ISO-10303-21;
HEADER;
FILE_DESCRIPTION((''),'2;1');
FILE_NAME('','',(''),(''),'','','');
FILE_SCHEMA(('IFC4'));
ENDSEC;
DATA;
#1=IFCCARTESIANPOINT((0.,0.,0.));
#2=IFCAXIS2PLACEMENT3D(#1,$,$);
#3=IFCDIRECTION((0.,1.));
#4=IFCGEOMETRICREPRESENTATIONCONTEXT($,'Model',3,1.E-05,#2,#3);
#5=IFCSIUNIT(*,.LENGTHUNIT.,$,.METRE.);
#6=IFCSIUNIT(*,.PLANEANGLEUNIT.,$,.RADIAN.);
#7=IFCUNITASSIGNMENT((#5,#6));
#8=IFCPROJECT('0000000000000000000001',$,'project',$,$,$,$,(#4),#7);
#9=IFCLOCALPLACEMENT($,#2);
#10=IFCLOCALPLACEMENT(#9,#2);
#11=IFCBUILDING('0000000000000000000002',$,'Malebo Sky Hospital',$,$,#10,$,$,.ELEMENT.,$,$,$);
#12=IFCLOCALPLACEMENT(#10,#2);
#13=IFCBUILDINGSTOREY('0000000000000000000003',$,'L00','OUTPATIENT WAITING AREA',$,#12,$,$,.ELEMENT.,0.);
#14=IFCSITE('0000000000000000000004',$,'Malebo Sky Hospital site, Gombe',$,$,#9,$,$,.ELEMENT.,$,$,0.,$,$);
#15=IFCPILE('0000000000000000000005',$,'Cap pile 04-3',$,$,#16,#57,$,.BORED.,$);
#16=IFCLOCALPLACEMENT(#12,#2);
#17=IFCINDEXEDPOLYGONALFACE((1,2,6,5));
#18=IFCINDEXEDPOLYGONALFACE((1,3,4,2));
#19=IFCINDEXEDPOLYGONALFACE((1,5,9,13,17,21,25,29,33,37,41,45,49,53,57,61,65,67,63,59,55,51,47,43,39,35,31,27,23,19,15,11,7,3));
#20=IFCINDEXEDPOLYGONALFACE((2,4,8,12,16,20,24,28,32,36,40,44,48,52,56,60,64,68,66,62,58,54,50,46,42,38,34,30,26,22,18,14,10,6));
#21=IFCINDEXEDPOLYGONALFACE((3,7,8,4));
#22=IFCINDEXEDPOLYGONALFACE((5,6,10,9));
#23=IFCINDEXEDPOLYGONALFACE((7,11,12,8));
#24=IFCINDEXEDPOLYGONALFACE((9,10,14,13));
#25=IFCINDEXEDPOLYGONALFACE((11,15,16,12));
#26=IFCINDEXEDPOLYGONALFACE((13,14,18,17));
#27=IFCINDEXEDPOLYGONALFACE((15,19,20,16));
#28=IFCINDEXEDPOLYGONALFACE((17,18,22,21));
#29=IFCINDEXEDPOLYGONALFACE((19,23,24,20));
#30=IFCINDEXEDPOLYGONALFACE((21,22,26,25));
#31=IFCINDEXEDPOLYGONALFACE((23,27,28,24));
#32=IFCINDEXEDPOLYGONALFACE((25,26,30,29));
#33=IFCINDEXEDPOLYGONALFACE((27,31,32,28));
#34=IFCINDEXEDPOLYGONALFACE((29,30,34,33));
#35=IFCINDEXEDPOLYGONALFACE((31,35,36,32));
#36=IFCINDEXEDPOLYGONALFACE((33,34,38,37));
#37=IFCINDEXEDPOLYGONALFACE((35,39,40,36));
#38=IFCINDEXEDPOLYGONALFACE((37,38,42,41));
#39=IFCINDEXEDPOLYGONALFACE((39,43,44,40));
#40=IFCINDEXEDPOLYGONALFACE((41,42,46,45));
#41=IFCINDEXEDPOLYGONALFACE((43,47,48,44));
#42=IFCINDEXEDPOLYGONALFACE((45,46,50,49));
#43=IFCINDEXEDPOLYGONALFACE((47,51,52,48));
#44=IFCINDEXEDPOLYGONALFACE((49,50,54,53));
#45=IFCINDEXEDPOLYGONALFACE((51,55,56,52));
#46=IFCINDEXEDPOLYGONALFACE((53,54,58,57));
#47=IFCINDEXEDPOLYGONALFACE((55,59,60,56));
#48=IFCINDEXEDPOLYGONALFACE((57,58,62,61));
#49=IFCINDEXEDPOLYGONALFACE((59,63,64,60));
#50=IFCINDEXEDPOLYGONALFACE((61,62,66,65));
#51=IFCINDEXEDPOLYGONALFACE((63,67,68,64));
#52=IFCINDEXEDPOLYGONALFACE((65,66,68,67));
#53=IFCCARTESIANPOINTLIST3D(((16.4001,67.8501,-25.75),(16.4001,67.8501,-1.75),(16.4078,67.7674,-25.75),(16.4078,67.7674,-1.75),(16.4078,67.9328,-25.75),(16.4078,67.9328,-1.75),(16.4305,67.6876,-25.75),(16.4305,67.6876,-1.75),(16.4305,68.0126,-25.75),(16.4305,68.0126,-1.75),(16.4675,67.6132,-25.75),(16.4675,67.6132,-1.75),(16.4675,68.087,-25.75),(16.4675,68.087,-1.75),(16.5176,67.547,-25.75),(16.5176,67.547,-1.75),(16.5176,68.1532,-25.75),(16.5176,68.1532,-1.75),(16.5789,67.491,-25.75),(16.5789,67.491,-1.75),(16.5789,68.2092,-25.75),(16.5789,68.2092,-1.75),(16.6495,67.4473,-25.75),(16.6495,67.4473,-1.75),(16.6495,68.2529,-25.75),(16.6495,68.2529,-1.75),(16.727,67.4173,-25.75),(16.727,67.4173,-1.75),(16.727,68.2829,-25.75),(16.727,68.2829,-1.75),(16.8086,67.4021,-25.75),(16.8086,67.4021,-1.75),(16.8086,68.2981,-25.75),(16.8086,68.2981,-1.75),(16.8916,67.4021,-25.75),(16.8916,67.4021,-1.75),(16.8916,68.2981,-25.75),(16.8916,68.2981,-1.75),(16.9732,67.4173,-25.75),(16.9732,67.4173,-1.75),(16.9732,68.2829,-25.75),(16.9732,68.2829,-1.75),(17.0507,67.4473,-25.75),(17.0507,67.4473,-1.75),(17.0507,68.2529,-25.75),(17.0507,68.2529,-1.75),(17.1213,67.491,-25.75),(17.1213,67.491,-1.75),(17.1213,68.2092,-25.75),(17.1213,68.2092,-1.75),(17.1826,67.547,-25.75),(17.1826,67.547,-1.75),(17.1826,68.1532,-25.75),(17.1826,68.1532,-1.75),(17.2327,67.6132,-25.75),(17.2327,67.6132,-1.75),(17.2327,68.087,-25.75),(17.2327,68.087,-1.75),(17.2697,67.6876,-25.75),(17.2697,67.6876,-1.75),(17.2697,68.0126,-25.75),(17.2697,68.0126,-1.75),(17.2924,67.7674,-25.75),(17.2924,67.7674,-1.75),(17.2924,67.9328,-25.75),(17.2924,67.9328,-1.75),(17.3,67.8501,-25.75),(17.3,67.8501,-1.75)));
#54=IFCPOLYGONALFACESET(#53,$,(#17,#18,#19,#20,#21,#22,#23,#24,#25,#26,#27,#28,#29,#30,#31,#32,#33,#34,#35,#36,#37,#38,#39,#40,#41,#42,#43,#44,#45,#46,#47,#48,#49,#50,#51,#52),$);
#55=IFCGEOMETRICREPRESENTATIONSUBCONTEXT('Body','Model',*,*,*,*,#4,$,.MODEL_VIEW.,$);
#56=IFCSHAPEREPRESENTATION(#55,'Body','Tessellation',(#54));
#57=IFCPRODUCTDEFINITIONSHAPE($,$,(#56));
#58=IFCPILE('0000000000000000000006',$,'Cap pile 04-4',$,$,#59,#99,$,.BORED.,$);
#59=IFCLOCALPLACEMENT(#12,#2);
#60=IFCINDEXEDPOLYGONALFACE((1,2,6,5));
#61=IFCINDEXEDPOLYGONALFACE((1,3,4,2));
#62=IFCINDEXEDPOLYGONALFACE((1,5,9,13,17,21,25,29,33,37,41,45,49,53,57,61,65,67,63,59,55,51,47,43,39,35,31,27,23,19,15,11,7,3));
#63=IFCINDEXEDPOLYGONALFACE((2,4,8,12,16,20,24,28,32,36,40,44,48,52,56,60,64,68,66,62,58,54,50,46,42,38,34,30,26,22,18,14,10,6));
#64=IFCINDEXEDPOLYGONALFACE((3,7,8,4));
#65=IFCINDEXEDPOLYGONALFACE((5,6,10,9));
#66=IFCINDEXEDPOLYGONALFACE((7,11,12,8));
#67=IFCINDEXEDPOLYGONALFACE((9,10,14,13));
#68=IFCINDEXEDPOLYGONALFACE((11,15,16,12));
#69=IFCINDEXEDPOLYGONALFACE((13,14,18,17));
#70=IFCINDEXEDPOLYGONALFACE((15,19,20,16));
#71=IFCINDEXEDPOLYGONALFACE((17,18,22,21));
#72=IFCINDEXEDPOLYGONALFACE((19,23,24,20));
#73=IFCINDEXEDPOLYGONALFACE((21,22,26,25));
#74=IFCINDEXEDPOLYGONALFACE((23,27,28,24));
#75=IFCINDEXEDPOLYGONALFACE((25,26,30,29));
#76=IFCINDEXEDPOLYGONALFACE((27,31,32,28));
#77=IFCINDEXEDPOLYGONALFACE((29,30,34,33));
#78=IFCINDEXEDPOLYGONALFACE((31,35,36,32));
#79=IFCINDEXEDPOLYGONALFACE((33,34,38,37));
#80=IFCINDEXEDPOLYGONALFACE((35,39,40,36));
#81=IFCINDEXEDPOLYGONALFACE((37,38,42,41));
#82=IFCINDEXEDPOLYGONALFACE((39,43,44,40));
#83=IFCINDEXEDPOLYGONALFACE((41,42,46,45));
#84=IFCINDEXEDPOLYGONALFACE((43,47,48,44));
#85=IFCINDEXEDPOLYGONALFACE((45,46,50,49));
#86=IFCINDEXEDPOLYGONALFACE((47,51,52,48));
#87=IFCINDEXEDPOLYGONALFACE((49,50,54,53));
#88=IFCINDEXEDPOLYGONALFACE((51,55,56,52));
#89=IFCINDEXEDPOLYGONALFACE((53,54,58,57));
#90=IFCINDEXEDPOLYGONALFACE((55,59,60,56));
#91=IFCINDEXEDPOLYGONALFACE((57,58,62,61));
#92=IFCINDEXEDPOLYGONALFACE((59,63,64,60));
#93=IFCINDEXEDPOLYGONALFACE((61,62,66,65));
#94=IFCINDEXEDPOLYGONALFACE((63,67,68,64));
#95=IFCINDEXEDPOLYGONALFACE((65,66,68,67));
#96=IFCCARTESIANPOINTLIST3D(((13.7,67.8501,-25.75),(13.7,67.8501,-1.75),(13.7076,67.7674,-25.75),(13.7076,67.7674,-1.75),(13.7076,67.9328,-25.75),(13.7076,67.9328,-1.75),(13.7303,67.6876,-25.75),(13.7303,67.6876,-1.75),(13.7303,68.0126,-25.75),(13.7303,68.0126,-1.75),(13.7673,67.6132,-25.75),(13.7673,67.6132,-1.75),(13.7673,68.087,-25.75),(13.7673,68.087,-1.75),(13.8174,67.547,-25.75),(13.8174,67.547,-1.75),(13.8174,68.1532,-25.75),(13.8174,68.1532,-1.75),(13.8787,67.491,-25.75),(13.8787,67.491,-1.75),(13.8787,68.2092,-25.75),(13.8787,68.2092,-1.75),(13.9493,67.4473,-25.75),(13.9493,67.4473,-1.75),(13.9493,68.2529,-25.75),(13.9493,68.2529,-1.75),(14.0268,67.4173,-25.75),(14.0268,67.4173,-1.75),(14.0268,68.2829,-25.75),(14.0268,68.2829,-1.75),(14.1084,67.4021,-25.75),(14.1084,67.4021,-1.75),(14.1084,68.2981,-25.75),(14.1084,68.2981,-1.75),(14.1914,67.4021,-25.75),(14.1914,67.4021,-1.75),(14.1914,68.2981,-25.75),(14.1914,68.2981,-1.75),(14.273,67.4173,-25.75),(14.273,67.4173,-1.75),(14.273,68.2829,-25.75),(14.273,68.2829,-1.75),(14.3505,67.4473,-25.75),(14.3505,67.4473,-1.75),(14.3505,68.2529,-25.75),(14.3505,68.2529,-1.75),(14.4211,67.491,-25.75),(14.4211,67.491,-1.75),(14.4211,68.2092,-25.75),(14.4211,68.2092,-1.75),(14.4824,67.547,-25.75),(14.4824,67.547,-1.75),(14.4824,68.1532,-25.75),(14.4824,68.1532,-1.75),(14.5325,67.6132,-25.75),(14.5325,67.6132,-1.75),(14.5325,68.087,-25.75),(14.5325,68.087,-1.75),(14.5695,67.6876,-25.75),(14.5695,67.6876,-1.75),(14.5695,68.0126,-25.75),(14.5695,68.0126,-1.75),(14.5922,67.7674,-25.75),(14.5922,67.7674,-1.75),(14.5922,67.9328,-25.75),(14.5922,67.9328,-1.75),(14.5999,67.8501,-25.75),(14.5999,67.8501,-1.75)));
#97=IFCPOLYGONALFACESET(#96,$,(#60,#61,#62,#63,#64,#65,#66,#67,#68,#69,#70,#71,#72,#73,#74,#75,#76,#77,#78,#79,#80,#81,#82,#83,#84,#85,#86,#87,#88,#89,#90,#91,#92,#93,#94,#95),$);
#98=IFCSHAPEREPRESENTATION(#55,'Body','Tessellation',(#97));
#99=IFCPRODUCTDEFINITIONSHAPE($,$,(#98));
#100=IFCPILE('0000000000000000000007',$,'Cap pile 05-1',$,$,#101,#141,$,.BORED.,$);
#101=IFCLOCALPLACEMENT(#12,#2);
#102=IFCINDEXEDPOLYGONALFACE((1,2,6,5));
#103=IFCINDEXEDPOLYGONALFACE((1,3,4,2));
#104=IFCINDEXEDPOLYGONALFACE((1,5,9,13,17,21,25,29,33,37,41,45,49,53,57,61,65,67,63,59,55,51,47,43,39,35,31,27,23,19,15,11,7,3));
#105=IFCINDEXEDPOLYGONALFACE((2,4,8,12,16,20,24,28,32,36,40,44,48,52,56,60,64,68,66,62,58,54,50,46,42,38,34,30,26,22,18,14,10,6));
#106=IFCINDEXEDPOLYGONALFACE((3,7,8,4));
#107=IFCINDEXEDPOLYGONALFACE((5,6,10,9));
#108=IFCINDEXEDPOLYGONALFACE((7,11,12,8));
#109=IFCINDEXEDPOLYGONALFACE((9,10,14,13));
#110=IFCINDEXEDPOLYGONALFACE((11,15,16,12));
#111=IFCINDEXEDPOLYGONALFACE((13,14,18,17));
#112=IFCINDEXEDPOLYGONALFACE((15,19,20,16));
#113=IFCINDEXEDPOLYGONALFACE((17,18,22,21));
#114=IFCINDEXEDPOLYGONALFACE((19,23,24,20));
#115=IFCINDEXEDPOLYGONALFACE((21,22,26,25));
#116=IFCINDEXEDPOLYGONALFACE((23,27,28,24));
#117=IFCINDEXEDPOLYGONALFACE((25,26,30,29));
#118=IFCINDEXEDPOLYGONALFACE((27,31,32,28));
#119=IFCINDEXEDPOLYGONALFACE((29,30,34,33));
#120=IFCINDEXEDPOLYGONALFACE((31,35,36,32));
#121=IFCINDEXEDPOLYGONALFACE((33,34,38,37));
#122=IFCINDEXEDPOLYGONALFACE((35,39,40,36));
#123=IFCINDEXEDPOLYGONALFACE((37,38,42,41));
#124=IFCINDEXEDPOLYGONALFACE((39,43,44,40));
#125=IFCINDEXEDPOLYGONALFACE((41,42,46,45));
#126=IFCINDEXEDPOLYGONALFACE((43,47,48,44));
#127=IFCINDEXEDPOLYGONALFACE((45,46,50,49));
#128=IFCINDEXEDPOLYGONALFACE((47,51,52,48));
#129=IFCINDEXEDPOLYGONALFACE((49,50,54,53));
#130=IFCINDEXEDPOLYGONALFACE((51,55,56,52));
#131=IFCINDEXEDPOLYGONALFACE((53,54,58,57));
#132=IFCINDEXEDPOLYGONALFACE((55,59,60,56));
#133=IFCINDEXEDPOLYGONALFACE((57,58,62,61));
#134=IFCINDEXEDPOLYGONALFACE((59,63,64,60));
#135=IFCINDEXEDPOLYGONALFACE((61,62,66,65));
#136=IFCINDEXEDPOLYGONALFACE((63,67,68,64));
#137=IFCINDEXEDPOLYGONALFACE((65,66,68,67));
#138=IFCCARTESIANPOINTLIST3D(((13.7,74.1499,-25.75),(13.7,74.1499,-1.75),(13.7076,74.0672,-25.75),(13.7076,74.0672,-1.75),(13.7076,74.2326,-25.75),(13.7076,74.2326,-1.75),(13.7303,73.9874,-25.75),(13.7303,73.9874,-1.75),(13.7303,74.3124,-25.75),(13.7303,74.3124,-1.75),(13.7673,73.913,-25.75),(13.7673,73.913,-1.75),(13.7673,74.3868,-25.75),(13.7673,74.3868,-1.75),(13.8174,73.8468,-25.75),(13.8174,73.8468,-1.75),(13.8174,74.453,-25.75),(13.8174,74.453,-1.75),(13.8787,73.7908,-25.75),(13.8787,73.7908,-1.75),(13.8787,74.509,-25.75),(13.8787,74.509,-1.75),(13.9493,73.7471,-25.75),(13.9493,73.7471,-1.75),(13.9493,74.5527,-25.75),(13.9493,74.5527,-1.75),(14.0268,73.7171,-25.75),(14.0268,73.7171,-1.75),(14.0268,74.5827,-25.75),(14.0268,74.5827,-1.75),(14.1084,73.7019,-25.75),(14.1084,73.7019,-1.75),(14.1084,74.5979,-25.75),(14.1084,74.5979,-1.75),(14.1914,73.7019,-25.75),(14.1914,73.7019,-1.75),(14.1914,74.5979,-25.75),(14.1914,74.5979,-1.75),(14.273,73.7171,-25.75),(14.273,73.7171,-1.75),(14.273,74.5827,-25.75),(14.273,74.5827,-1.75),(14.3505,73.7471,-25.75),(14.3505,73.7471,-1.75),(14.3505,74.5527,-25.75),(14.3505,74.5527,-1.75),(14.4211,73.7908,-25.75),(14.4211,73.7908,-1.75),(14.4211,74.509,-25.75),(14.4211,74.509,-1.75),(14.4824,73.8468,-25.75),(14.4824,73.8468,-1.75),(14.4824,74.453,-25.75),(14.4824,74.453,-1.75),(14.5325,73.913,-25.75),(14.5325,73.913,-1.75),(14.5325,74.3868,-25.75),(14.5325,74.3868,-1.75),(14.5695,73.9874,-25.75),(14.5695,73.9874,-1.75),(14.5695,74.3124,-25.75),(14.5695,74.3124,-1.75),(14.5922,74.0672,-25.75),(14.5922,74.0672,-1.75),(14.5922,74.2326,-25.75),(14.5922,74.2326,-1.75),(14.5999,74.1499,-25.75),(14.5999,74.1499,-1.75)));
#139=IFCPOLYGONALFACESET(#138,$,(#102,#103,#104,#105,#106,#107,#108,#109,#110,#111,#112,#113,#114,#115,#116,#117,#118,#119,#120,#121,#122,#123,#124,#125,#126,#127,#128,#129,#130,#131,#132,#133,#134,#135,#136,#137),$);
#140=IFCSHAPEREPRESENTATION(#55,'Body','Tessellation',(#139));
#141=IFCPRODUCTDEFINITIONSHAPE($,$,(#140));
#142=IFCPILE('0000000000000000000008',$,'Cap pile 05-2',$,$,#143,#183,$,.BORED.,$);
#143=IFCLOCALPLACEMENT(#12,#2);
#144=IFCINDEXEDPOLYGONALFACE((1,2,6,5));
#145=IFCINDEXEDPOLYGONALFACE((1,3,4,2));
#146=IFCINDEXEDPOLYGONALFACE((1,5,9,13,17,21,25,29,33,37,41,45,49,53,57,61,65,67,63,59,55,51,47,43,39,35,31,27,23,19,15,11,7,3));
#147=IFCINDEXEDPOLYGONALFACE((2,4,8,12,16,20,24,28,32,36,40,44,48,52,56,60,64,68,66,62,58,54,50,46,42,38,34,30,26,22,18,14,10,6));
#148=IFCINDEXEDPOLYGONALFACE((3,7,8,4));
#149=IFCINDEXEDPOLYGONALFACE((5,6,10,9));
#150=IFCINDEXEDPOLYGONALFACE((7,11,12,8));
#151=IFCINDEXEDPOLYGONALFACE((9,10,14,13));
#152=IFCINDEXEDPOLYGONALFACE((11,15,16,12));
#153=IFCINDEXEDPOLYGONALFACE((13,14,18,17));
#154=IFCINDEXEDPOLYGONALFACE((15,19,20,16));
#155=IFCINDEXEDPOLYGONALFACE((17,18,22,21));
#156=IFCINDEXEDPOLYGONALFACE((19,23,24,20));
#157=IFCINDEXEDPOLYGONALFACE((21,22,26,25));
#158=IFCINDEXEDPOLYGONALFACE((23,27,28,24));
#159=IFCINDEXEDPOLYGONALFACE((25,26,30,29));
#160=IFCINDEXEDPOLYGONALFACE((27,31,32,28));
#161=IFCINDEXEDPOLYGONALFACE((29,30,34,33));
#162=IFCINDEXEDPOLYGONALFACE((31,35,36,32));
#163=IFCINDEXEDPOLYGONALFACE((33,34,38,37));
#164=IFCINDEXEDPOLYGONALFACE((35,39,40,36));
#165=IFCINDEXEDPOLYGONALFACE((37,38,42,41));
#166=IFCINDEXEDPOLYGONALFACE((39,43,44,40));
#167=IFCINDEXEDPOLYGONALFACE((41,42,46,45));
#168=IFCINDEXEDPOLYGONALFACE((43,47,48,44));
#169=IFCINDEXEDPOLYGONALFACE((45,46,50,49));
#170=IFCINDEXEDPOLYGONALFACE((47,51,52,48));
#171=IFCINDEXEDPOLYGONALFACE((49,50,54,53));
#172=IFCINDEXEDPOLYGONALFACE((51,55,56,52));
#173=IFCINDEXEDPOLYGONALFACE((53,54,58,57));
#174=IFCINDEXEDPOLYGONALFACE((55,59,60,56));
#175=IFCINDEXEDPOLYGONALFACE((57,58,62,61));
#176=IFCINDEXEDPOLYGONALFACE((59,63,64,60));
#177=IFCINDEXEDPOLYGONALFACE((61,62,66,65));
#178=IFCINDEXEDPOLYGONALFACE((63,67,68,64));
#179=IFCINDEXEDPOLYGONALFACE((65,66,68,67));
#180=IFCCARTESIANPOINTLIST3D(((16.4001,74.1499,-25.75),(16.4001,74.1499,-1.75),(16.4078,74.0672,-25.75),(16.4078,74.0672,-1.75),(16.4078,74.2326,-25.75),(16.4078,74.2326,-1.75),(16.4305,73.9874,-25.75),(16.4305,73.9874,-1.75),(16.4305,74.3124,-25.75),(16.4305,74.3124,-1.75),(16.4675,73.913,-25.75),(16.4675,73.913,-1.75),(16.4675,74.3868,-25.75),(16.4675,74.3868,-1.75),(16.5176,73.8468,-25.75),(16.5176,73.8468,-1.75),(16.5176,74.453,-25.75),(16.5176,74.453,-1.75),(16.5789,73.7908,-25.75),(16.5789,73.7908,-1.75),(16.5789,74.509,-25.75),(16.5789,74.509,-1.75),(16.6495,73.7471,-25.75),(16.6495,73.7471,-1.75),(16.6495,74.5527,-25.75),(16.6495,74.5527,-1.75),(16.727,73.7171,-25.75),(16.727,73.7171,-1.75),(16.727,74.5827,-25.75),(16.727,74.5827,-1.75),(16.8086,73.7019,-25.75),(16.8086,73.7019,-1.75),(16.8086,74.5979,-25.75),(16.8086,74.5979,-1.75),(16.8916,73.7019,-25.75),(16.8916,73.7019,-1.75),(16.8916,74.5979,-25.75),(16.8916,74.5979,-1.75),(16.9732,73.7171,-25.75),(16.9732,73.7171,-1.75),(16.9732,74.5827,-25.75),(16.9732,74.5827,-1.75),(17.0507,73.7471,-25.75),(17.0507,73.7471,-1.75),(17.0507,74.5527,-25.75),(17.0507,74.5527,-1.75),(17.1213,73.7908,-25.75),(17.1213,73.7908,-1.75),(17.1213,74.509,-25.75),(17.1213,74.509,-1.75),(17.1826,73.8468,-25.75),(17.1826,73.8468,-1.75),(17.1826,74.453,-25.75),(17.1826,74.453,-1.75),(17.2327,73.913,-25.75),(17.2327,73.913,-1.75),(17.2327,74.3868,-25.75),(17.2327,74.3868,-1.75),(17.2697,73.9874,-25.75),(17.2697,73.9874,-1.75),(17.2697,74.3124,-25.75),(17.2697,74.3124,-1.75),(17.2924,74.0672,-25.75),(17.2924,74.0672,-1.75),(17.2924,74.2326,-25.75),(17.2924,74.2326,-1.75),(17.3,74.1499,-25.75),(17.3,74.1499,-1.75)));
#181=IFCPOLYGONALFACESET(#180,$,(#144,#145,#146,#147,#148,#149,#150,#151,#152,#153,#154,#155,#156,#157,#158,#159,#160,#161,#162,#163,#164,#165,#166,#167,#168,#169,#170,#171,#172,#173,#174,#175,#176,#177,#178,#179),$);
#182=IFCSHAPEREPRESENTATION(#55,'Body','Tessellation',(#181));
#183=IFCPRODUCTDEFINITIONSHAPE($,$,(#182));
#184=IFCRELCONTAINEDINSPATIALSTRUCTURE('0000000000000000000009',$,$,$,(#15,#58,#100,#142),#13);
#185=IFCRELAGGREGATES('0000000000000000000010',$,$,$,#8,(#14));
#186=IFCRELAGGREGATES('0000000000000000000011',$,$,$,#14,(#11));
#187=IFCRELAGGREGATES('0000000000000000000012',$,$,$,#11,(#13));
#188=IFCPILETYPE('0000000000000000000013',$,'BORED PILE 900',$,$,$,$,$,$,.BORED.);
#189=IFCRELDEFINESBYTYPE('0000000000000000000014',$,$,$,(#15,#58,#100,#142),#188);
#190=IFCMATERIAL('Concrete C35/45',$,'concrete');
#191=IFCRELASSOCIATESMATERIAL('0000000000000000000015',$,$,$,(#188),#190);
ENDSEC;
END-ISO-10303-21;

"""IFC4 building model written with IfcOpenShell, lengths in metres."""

from ifc_helpers import new_model, si_unit, direction, frame, origin, origin_2d, place, context, subcontext, project, spatial, circle, extrude, material, material_profile, profile_set, type_object, element, save


model = new_model("IFC4")

# Units and contexts
model_context = context("Model", 3, precision=1e-05, world=origin(), true_north=direction((0.0, 1.0)))
body_context = subcontext(model_context, "Body", "Model", "MODEL_VIEW")
ifc_project = project(units=[si_unit("LENGTHUNIT", "METRE"), si_unit("PLANEANGLEUNIT", "RADIAN")], contexts=[model_context])

# Site, building, storey
site_placement = place(None, origin())
site = spatial("IfcSite", under=ifc_project, at=site_placement, Name="Malebo Sky Hospital site, Gombe", CompositionType="ELEMENT", RefElevation=0.0)
building_placement = place(site_placement, origin())
building = spatial("IfcBuilding", under=site, at=building_placement, Name="Malebo Sky Hospital", CompositionType="ELEMENT")
storey_placement = place(building_placement, origin())
storey = spatial("IfcBuildingStorey", under=building, at=storey_placement, Name="L00", Description="OUTPATIENT WAITING AREA", CompositionType="ELEMENT", Elevation=0.0)

# Piles
ifc_material_1 = material(Name="Concrete C35/45", Category="concrete")
ifc_material_profile_1 = material_profile(ifc_material_1, circle(Radius=0.45, at=origin_2d()), Name="BP 900")
ifc_profile_set_1 = profile_set([ifc_material_profile_1], Name="Concrete C35/45")
pile_type = type_object("IfcPileType", Name="BORED PILE 900", PredefinedType="BORED", material=ifc_profile_set_1)
for number, where, z_axis, x_axis, name in (
    (1, (16.8501, 67.8501, -1.75), (0.0, 0.0, -1.0), (1.0, 0.0, 0.0), "Cap pile 04-3"),
    (2, (14.1499, 67.8501, -1.75), (0.0, 0.0, -1.0), (1.0, 0.0, 0.0), "Cap pile 04-4"),
    (3, (14.1499, 74.1499, -1.75), (0.0, 0.0, -1.0), (1.0, 0.0, 0.0), "Cap pile 05-1"),
    (4, (16.8501, 74.1499, -1.75), (0.0, 0.0, -1.0), (1.0, 0.0, 0.0), "Cap pile 05-2"),
):
    element("IfcPile", number, at=place(storey_placement, frame(where, z_axis=z_axis, x_axis=x_axis)), inside=storey, type_object=pile_type, Name=name, PredefinedType="BORED", context=body_context, shape_type="SweptSolid", body=[
        extrude(circle(Radius=0.45, at=origin_2d()), origin(), (0.0, 0.0, 1.0), 24.0),
    ])

save(model, "model.ifc")
